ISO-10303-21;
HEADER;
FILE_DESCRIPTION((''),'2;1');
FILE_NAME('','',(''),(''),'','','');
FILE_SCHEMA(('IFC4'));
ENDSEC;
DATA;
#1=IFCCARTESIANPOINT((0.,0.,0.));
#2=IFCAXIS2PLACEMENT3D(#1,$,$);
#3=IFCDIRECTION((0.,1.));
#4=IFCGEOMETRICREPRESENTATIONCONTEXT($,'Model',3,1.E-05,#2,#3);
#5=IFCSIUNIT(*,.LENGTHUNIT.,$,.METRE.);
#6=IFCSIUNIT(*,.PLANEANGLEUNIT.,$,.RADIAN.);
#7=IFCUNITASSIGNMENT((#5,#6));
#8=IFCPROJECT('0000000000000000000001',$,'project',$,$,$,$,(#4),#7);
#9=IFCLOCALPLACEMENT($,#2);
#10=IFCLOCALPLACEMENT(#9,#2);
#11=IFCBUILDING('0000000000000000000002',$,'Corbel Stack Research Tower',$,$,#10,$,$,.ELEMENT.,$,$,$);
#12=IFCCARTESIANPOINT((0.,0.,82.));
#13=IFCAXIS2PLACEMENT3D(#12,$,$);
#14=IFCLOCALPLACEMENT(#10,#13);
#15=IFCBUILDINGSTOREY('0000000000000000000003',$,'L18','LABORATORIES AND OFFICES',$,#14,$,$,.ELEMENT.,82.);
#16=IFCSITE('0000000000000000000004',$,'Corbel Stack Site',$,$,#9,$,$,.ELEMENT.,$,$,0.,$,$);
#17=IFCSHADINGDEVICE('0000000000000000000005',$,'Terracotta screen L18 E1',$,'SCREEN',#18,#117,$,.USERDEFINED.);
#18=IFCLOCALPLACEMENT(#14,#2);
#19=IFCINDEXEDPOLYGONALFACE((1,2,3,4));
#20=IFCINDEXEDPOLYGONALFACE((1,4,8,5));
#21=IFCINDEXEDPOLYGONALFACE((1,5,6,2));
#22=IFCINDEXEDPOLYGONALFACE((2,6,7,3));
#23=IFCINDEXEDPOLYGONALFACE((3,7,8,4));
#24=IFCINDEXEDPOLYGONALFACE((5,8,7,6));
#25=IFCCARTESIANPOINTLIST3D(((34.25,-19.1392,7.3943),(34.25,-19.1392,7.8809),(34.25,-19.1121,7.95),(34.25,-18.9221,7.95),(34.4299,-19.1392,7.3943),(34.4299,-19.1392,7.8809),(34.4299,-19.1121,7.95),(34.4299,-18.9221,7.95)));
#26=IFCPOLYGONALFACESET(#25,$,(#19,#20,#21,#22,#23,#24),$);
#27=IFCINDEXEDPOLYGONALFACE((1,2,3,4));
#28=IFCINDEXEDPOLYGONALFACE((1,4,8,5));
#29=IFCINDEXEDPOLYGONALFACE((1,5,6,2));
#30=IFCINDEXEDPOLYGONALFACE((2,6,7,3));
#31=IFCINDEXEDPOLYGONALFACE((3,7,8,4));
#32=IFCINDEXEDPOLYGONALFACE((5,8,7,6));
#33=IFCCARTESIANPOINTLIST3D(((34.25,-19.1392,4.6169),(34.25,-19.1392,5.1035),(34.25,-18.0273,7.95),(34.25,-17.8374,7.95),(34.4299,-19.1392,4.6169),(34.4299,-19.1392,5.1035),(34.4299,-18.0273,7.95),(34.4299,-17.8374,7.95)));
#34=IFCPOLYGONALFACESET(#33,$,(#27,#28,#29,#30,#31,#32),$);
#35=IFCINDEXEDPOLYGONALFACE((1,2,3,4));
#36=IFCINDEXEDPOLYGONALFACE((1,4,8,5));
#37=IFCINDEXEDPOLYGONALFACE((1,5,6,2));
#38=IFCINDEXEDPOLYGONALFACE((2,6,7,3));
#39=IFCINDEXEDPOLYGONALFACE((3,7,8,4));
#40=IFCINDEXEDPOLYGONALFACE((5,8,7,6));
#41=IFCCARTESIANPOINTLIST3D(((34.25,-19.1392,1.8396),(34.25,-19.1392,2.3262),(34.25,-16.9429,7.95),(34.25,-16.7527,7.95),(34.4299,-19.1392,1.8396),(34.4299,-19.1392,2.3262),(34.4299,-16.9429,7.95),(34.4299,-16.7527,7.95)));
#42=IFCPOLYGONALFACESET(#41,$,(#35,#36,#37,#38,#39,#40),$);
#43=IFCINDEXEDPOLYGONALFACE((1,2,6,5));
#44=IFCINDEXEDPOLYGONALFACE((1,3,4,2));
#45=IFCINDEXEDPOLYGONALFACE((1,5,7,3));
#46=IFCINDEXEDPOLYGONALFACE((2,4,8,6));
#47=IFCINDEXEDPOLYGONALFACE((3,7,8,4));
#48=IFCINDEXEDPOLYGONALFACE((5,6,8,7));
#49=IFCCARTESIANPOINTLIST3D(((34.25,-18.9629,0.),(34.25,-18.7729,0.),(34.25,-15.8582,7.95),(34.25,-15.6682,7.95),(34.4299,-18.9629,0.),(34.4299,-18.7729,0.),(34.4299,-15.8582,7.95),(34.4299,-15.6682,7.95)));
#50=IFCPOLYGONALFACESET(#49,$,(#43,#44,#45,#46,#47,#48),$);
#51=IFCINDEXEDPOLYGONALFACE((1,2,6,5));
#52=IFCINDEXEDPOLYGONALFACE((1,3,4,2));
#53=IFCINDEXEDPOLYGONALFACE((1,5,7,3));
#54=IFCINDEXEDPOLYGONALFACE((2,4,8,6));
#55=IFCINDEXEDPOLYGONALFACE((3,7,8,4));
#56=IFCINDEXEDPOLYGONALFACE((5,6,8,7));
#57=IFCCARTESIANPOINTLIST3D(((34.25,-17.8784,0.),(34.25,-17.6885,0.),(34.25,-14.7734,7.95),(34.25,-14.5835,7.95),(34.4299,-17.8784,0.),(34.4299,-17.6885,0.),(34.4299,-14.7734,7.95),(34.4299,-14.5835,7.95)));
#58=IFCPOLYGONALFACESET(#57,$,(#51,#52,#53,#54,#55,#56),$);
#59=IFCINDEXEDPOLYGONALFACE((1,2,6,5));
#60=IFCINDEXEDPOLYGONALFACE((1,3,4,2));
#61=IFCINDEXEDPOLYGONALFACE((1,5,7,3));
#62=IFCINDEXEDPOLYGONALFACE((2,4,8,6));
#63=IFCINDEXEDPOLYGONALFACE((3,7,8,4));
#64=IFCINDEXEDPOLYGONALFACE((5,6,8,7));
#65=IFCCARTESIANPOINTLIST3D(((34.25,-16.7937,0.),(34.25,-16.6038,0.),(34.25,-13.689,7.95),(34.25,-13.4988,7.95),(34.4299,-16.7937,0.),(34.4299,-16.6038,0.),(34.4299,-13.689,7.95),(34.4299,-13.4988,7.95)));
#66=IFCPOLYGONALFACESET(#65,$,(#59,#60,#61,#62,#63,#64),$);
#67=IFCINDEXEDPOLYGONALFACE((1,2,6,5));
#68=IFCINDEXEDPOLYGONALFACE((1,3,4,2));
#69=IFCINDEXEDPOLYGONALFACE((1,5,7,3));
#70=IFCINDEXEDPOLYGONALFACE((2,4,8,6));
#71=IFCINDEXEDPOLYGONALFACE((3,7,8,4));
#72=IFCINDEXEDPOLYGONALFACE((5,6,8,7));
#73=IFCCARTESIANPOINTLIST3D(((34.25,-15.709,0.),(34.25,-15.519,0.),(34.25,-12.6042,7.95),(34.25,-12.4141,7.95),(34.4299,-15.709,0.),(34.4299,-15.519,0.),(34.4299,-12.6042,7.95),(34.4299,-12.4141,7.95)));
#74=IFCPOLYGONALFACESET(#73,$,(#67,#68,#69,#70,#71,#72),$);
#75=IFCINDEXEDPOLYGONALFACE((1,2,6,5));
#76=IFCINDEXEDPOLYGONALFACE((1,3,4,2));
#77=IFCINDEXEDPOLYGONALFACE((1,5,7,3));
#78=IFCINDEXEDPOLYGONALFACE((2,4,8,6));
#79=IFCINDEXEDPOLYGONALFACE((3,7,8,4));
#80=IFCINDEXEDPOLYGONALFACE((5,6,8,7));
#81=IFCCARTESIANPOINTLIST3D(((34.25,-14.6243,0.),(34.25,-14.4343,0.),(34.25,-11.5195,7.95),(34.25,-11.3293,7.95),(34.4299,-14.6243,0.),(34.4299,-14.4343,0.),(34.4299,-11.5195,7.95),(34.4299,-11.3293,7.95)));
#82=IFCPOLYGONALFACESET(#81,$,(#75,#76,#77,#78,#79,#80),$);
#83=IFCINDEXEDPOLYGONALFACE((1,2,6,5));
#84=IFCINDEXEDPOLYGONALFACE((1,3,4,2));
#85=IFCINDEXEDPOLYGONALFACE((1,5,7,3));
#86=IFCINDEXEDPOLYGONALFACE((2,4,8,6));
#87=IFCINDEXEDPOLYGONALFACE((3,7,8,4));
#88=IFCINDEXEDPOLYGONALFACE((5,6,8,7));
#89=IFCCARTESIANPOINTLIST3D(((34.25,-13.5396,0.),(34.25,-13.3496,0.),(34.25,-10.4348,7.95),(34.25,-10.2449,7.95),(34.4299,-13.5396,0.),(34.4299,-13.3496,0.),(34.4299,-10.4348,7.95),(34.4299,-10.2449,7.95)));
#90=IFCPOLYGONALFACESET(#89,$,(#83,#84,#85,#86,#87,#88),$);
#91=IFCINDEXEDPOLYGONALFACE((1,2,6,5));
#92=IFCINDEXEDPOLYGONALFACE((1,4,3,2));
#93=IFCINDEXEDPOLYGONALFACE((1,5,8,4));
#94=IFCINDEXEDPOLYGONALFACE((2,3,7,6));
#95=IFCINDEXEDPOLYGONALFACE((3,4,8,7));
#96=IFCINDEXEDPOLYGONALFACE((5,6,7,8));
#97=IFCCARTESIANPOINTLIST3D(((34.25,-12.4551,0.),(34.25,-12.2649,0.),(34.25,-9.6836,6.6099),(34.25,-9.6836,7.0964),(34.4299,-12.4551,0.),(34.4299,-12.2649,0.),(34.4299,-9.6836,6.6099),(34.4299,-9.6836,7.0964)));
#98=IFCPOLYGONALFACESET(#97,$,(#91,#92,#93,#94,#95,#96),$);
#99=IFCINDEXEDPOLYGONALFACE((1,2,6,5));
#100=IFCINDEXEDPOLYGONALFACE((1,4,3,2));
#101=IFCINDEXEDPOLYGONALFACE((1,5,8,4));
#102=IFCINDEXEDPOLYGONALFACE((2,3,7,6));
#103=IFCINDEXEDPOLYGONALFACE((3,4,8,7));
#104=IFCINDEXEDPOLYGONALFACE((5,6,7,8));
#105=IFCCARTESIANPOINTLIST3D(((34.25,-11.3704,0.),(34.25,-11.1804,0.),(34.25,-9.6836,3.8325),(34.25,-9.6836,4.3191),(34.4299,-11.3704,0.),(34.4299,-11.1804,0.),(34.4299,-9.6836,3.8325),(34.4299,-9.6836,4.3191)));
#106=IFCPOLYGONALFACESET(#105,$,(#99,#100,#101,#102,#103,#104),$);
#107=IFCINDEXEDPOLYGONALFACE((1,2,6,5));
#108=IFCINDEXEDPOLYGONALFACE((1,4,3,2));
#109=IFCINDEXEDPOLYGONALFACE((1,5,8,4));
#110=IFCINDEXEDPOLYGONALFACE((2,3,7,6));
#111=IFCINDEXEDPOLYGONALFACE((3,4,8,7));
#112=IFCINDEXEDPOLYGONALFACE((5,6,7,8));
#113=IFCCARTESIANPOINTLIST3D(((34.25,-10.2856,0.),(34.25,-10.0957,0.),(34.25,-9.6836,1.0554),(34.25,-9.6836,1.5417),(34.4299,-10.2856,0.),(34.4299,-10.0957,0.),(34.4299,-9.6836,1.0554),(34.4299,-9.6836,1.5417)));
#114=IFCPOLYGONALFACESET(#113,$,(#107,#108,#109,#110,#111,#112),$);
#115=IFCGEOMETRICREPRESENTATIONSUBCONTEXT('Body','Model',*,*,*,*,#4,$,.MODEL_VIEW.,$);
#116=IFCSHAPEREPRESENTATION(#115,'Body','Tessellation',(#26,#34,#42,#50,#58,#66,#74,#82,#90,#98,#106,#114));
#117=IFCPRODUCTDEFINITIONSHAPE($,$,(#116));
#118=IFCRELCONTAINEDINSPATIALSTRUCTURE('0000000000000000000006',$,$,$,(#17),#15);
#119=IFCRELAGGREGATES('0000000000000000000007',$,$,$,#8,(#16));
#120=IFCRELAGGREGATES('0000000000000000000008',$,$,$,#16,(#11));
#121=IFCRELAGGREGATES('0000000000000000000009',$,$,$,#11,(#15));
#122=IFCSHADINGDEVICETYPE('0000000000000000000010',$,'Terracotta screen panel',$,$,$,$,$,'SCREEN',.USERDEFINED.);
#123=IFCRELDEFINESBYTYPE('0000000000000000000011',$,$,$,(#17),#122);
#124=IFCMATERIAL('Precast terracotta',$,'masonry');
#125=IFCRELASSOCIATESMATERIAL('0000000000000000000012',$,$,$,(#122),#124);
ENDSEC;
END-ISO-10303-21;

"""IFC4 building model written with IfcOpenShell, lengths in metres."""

from ifc_helpers import new_model, si_unit, direction, frame, origin, place, context, subcontext, project, spatial, polyline, outline, extrude, source, transform, mapped, material, type_object, element, save


model = new_model("IFC4")

# Units and contexts
model_context = context("Model", 3, precision=1e-05, world=origin(), true_north=direction((0.0, 1.0)))
body_context = subcontext(model_context, "Body", "Model", "MODEL_VIEW")
ifc_project = project(units=[si_unit("LENGTHUNIT", "METRE"), si_unit("PLANEANGLEUNIT", "RADIAN")], contexts=[model_context])

# Site, building, storey
site_placement = place(None, origin())
site = spatial("IfcSite", under=ifc_project, at=site_placement, Name="Corbel Stack Site", CompositionType="ELEMENT", RefElevation=0.0)
building_placement = place(site_placement, origin())
building = spatial("IfcBuilding", under=site, at=building_placement, Name="Corbel Stack Research Tower", CompositionType="ELEMENT")
storey_placement = place(building_placement, frame((0.0, 0.0, 82.0)))
storey = spatial("IfcBuildingStorey", under=building, at=storey_placement, Name="L18", Description="LABORATORIES AND OFFICES", CompositionType="ELEMENT", Elevation=82.0)

# Shading device
ifc_material_1 = material(Name="Precast terracotta", Category="masonry")
shading_device_type = type_object("IfcShadingDeviceType", Name="Terracotta screen panel", ElementType="SCREEN", PredefinedType="USERDEFINED", material=ifc_material_1)
shared_shape_1 = source(origin(), body_context, "Body", "SweptSolid", [
    extrude(outline(polyline([(0.217, 7.95), (0.0271, 7.95), (0.0, 7.8809), (0.0, 7.3943), (0.217, 7.95)])), frame((0.0, 0.0, 0.0), z_axis=(0.0, -1.0, 0.0), x_axis=(1.0, 0.0, 0.0)), (0.0, 0.0, 1.0), 0.1799),
    extrude(outline(polyline([(1.3018, 7.95), (1.1118, 7.95), (0.0, 5.1035), (0.0, 4.6169), (1.3018, 7.95)])), frame((0.0, 0.0, 0.0), z_axis=(0.0, -1.0, 0.0), x_axis=(1.0, 0.0, 0.0)), (0.0, 0.0, 1.0), 0.1799),
    extrude(outline(polyline([(2.3865, 7.95), (2.1963, 7.95), (0.0, 2.3262), (0.0, 1.8396), (2.3865, 7.95)])), frame((0.0, 0.0, 0.0), z_axis=(0.0, -1.0, 0.0), x_axis=(1.0, 0.0, 0.0)), (0.0, 0.0, 1.0), 0.1799),
    extrude(outline(polyline([(0.3662, 0.0), (3.4709, 7.95), (3.281, 7.95), (0.1763, 0.0), (0.3662, 0.0)])), frame((0.0, 0.0, 0.0), z_axis=(0.0, -1.0, 0.0), x_axis=(1.0, 0.0, 0.0)), (0.0, 0.0, 1.0), 0.1799),
    extrude(outline(polyline([(1.4507, 0.0), (4.5557, 7.95), (4.3657, 7.95), (1.2607, 0.0), (1.4507, 0.0)])), frame((0.0, 0.0, 0.0), z_axis=(0.0, -1.0, 0.0), x_axis=(1.0, 0.0, 0.0)), (0.0, 0.0, 1.0), 0.1799),
    extrude(outline(polyline([(2.5354, 0.0), (5.6404, 7.95), (5.4502, 7.95), (2.3455, 0.0), (2.5354, 0.0)])), frame((0.0, 0.0, 0.0), z_axis=(0.0, -1.0, 0.0), x_axis=(1.0, 0.0, 0.0)), (0.0, 0.0, 1.0), 0.1799),
    extrude(outline(polyline([(3.6201, 0.0), (6.7251, 7.95), (6.5349, 7.95), (3.4302, 0.0), (3.6201, 0.0)])), frame((0.0, 0.0, 0.0), z_axis=(0.0, -1.0, 0.0), x_axis=(1.0, 0.0, 0.0)), (0.0, 0.0, 1.0), 0.1799),
    extrude(outline(polyline([(4.7048, 0.0), (7.8098, 7.95), (7.6196, 7.95), (4.5149, 0.0), (4.7048, 0.0)])), frame((0.0, 0.0, 0.0), z_axis=(0.0, -1.0, 0.0), x_axis=(1.0, 0.0, 0.0)), (0.0, 0.0, 1.0), 0.1799),
    extrude(outline(polyline([(5.7896, 0.0), (8.8943, 7.95), (8.7043, 7.95), (5.5996, 0.0), (5.7896, 0.0)])), frame((0.0, 0.0, 0.0), z_axis=(0.0, -1.0, 0.0), x_axis=(1.0, 0.0, 0.0)), (0.0, 0.0, 1.0), 0.1799),
    extrude(outline(polyline([(6.8743, 0.0), (9.4556, 6.6099), (9.4556, 7.0964), (6.6841, 0.0), (6.8743, 0.0)])), frame((0.0, 0.0, 0.0), z_axis=(0.0, -1.0, 0.0), x_axis=(1.0, 0.0, 0.0)), (0.0, 0.0, 1.0), 0.1799),
    extrude(outline(polyline([(7.9587, 0.0), (9.4556, 3.8325), (9.4556, 4.3191), (7.7688, 0.0), (7.9587, 0.0)])), frame((0.0, 0.0, 0.0), z_axis=(0.0, -1.0, 0.0), x_axis=(1.0, 0.0, 0.0)), (0.0, 0.0, 1.0), 0.1799),
    extrude(outline(polyline([(9.0435, 0.0), (9.4556, 1.0554), (9.4556, 1.5417), (8.8535, 0.0), (9.0435, 0.0)])), frame((0.0, 0.0, 0.0), z_axis=(0.0, -1.0, 0.0), x_axis=(1.0, 0.0, 0.0)), (0.0, 0.0, 1.0), 0.1799),
])
shading_device_1_placement = place(storey_placement, frame((34.25, -19.1392, 0.0), z_axis=(0.0, 0.0, 1.0), x_axis=(0.0, 1.0, 0.0)))
element("IfcShadingDevice", 1, at=shading_device_1_placement, inside=storey, type_object=shading_device_type, Name="Terracotta screen L18 E1", ObjectType="SCREEN", PredefinedType="USERDEFINED", context=body_context, shape_type="MappedRepresentation", body=[
    mapped(shared_shape_1, transform((0.0, 0.0, 0.0))),
])

save(model, "model.ifc")
